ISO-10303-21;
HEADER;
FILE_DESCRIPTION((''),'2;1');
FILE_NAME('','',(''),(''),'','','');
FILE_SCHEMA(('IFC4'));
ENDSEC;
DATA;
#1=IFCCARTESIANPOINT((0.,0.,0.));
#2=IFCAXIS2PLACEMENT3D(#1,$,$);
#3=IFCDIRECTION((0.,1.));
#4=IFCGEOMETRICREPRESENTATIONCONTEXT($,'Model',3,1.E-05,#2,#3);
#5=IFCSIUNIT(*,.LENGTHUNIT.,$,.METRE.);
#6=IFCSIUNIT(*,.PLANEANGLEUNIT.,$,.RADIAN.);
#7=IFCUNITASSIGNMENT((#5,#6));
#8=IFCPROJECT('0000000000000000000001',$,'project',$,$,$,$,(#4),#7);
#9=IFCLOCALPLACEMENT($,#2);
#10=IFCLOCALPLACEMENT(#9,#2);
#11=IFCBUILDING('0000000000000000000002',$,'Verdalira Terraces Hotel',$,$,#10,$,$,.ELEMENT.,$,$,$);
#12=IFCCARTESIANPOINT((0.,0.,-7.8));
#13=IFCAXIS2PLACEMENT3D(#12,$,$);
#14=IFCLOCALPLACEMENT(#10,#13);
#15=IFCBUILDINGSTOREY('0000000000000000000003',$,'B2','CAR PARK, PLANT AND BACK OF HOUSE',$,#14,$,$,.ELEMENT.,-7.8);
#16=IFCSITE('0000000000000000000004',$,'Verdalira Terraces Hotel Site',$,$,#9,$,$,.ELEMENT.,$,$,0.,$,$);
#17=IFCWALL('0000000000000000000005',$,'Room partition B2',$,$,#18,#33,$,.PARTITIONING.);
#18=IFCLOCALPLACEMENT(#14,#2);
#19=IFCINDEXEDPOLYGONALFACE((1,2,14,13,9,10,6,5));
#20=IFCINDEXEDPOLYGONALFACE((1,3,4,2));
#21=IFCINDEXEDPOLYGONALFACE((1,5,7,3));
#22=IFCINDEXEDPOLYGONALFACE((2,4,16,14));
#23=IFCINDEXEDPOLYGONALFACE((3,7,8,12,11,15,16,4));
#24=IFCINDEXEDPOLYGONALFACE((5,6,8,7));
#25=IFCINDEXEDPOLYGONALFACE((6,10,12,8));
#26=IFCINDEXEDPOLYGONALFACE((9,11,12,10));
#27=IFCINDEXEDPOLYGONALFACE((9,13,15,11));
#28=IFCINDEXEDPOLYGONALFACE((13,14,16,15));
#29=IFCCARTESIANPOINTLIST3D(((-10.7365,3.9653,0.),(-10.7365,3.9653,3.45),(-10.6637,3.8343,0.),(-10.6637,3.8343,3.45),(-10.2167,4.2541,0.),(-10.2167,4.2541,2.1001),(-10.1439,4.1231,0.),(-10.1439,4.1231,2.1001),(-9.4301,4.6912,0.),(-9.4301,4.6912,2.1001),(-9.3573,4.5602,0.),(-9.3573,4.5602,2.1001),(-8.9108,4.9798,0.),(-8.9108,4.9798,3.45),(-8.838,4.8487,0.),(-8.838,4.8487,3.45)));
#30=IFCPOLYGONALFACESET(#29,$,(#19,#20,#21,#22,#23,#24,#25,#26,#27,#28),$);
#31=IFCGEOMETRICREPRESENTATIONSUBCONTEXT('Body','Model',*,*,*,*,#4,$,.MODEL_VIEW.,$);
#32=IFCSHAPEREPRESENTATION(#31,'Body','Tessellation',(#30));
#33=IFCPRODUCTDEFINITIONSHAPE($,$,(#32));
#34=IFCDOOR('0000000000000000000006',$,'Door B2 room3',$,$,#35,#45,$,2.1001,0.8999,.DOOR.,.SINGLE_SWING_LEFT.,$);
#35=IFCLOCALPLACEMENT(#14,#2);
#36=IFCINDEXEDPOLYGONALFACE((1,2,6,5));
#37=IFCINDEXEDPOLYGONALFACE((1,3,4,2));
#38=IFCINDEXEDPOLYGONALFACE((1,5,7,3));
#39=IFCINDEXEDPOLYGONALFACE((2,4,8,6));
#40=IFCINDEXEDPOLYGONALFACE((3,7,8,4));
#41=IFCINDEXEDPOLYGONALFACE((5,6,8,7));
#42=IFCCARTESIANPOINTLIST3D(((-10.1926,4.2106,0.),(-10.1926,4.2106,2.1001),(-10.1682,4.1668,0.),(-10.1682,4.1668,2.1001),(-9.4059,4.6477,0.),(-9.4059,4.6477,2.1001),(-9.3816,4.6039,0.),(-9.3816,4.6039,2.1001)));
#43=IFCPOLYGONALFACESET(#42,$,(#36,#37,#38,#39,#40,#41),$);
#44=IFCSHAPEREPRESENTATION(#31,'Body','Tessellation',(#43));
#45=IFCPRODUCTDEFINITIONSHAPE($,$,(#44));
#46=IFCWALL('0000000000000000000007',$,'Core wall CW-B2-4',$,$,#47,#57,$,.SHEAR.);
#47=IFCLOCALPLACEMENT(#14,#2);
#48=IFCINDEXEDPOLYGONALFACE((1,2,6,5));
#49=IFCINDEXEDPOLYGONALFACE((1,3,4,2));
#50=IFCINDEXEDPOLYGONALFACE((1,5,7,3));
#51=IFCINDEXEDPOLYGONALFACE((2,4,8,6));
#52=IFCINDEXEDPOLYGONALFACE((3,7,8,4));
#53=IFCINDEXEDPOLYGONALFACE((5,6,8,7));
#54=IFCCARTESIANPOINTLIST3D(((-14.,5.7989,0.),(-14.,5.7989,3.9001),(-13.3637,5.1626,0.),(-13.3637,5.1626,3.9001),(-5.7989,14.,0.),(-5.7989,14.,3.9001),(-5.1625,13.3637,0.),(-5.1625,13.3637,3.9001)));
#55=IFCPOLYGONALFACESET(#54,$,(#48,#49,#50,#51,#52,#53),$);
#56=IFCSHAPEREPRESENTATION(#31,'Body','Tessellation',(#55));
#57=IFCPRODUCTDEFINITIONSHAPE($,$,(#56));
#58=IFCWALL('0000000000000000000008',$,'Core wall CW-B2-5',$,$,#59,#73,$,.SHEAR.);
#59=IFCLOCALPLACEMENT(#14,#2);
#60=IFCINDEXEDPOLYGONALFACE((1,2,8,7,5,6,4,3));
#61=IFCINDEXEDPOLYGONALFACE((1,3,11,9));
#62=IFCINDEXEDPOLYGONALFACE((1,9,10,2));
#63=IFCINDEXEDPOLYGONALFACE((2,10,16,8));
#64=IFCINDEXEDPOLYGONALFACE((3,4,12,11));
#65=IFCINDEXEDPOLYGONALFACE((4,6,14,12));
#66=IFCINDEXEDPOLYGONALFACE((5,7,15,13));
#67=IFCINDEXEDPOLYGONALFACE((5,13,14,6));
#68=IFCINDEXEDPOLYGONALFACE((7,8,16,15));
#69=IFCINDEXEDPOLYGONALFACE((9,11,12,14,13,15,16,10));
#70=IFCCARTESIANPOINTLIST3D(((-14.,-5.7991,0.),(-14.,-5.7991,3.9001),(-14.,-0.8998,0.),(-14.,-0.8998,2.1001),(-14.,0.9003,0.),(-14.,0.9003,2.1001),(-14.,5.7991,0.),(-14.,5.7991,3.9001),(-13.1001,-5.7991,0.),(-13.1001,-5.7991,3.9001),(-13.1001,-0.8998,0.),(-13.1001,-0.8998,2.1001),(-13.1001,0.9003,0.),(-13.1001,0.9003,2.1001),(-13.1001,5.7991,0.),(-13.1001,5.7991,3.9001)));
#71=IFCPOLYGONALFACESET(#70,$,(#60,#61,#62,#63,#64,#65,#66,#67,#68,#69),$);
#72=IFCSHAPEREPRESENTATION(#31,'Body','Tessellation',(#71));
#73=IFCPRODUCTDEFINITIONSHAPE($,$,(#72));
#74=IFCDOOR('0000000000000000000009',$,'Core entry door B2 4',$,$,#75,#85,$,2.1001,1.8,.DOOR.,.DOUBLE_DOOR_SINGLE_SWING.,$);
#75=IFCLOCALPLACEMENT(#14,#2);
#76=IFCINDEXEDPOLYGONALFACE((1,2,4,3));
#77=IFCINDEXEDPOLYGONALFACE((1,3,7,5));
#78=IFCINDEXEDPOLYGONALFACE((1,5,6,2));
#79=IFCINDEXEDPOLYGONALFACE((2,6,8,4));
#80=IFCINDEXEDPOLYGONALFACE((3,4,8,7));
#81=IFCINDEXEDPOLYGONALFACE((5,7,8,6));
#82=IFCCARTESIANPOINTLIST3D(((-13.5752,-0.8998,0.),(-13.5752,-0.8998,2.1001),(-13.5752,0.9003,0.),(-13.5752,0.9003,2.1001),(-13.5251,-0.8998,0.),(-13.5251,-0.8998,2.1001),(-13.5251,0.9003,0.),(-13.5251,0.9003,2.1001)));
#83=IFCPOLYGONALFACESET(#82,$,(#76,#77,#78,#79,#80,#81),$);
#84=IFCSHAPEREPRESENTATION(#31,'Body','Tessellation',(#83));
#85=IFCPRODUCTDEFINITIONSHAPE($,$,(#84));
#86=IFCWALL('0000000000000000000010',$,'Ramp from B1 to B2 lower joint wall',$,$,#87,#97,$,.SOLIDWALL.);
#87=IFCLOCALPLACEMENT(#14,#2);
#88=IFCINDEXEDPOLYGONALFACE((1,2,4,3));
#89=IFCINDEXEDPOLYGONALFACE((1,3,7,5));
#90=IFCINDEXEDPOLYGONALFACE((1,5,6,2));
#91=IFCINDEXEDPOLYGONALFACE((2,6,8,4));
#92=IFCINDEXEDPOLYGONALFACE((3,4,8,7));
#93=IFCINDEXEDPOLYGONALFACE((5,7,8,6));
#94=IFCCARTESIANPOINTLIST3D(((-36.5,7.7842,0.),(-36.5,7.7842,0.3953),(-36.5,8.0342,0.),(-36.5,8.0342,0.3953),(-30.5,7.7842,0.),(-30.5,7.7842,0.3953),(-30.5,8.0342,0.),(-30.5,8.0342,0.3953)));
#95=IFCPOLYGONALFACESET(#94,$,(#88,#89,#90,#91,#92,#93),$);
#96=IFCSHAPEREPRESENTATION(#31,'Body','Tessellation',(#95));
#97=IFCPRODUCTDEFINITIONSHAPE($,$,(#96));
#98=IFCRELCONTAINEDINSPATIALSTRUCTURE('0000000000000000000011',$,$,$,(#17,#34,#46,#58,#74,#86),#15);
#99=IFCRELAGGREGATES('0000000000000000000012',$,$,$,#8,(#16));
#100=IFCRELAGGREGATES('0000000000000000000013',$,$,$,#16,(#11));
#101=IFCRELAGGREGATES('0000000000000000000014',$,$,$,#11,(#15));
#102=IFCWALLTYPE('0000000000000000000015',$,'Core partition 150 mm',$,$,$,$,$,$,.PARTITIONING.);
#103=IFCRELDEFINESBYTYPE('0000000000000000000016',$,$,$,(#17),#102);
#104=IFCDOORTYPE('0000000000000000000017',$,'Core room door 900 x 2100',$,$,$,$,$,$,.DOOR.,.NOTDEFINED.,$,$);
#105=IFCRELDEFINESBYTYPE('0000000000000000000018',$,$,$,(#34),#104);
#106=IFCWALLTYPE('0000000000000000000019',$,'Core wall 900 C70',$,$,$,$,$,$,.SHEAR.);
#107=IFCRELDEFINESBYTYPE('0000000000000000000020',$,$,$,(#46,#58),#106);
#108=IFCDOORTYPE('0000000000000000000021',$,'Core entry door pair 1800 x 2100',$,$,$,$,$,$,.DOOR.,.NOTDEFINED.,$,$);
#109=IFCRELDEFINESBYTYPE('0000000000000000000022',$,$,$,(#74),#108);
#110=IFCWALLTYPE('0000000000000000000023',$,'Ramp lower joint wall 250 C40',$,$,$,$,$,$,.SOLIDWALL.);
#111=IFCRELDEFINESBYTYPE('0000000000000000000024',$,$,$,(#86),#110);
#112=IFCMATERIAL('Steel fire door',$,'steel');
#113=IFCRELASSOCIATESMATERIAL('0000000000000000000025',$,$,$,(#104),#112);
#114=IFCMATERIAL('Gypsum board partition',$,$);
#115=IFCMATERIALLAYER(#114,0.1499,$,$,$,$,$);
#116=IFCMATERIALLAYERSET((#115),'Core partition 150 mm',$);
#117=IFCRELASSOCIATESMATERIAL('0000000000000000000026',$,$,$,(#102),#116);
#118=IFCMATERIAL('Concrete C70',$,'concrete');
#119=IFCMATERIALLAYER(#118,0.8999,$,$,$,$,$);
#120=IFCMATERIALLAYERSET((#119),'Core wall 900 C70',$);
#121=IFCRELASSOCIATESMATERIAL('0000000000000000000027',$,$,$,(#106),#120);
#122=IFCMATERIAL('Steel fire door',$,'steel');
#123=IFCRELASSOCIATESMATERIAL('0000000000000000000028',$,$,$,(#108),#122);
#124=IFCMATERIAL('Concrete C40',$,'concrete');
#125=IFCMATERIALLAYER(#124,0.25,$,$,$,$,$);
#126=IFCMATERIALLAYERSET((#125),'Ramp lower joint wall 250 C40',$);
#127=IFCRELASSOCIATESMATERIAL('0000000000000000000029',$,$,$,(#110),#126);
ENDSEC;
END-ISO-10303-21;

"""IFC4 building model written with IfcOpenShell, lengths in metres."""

from ifc_helpers import new_model, si_unit, direction, frame, frame_2d, origin, place, context, subcontext, project, spatial, rectangle, extrude, material, layer, layer_set, type_object, element, fill, save


model = new_model("IFC4")

# Units and contexts
model_context = context("Model", 3, precision=1e-05, world=origin(), true_north=direction((0.0, 1.0)))
body_context = subcontext(model_context, "Body", "Model", "MODEL_VIEW")
ifc_project = project(units=[si_unit("LENGTHUNIT", "METRE"), si_unit("PLANEANGLEUNIT", "RADIAN")], contexts=[model_context])

# Site, building, storey
site_placement = place(None, origin())
site = spatial("IfcSite", under=ifc_project, at=site_placement, Name="Verdalira Terraces Hotel Site", CompositionType="ELEMENT", RefElevation=0.0)
building_placement = place(site_placement, origin())
building = spatial("IfcBuilding", under=site, at=building_placement, Name="Verdalira Terraces Hotel", CompositionType="ELEMENT")
storey_placement = place(building_placement, frame((0.0, 0.0, -7.8)))
storey = spatial("IfcBuildingStorey", under=building, at=storey_placement, Name="B2", Description="CAR PARK, PLANT AND BACK OF HOUSE", CompositionType="ELEMENT", Elevation=-7.8)

# Shared definitions
ifc_material_1 = material(Name="Steel fire door", Category="steel")
door_type_1 = type_object("IfcDoorType", Name="Core room door 900 x 2100", OperationType="NOTDEFINED", PredefinedType="DOOR", material=ifc_material_1)

# Wall, opening, door
ifc_material_2 = material(Name="Gypsum board partition")
ifc_layer_1 = layer(ifc_material_2, 0.1499)
ifc_layer_set_1 = layer_set([ifc_layer_1], Name="Core partition 150 mm")
wall_type_1 = type_object("IfcWallType", Name="Core partition 150 mm", PredefinedType="PARTITIONING", material=ifc_layer_set_1)
wall_1_placement = place(storey_placement, frame((-8.8743, 4.9143, 0.0), z_axis=(0.0, 0.0, 1.0), x_axis=(-0.87413, -0.485693, 0.0)))
wall_1 = element("IfcWall", 1, at=wall_1_placement, inside=storey, type_object=wall_type_1, Name="Room partition B2", PredefinedType="PARTITIONING", context=body_context, shape_type="SweptSolid", body=[
    extrude(rectangle(XDim=2.0886, YDim=0.1499, at=frame_2d((1.0444, 0.0))), origin(), (0.0, 0.0, 1.0), 3.45),
])
opening_1_placement = place(wall_1_placement, frame((0.5942, 0.0, 0.0)))
opening_1 = element("IfcOpeningElement", 2, at=opening_1_placement, cuts=wall_1, PredefinedType="OPENING", context=body_context, shape_type="SweptSolid", body=[
    extrude(rectangle(XDim=0.8999, YDim=2.1001, at=frame_2d((0.45, 1.05))), frame((0.0, 0.085, 0.0), z_axis=(0.0, -1.0, 0.0), x_axis=(1.0, 0.0, 0.0)), (0.0, 0.0, 1.0), 0.1699),
])
door_1_placement = place(opening_1_placement, origin())
door_1 = element("IfcDoor", 3, at=door_1_placement, inside=storey, type_object=door_type_1, Name="Door B2 room3", OperationType="SINGLE_SWING_LEFT", OverallHeight=2.1001, OverallWidth=0.8999, PredefinedType="DOOR", context=body_context, shape_type="SweptSolid", body=[
    extrude(rectangle(XDim=0.8999, YDim=2.1001, at=frame_2d((0.45, 1.05))), frame((0.0, 0.0249, 0.0), z_axis=(0.0, -1.0, 0.0), x_axis=(1.0, 0.0, 0.0)), (0.0, 0.0, 1.0), 0.05),
])
fill(opening_1, door_1)

# Wall
ifc_material_3 = material(Name="Concrete C70", Category="concrete")
ifc_layer_2 = layer(ifc_material_3, 0.8999)
ifc_layer_set_2 = layer_set([ifc_layer_2], Name="Core wall 900 C70")
wall_type_2 = type_object("IfcWallType", Name="Core wall 900 C70", PredefinedType="SHEAR", material=ifc_layer_set_2)
wall_2_placement = place(storey_placement, frame((-5.4807, 13.6819, 0.0), z_axis=(0.0, 0.0, 1.0), x_axis=(-0.707107, -0.707107, 0.0)))
element("IfcWall", 4, at=wall_2_placement, inside=storey, type_object=wall_type_2, Name="Core wall CW-B2-4", PredefinedType="SHEAR", context=body_context, shape_type="SweptSolid", body=[
    extrude(rectangle(XDim=11.5981, YDim=0.8999, at=frame_2d((5.7991, 0.0))), origin(), (0.0, 0.0, 1.0), 3.9001),
])

# Wall, opening, door
wall_3_placement = place(storey_placement, frame((-13.55, 5.7991, 0.0), z_axis=(0.0, 0.0, 1.0), x_axis=(0.0, -1.0, 0.0)))
wall_3 = element("IfcWall", 5, at=wall_3_placement, inside=storey, type_object=wall_type_2, Name="Core wall CW-B2-5", PredefinedType="SHEAR", context=body_context, shape_type="SweptSolid", body=[
    extrude(rectangle(XDim=11.5981, YDim=0.8999, at=frame_2d((5.7991, 0.0))), origin(), (0.0, 0.0, 1.0), 3.9001),
])
opening_2_placement = place(wall_3_placement, frame((4.8989, 0.0, 0.0)))
opening_2 = element("IfcOpeningElement", 6, at=opening_2_placement, cuts=wall_3, PredefinedType="OPENING", context=body_context, shape_type="SweptSolid", body=[
    extrude(rectangle(XDim=1.8, YDim=2.1001, at=frame_2d((0.8999, 1.05))), frame((0.0, 0.46, 0.0), z_axis=(0.0, -1.0, 0.0), x_axis=(1.0, 0.0, 0.0)), (0.0, 0.0, 1.0), 0.9199),
])
ifc_material_4 = material(Name="Steel fire door", Category="steel")
door_type_2 = type_object("IfcDoorType", Name="Core entry door pair 1800 x 2100", OperationType="NOTDEFINED", PredefinedType="DOOR", material=ifc_material_4)
door_2_placement = place(opening_2_placement, origin())
door_2 = element("IfcDoor", 7, at=door_2_placement, inside=storey, type_object=door_type_2, Name="Core entry door B2 4", OperationType="DOUBLE_DOOR_SINGLE_SWING", OverallHeight=2.1001, OverallWidth=1.8, PredefinedType="DOOR", context=body_context, shape_type="SweptSolid", body=[
    extrude(rectangle(XDim=1.8, YDim=2.1001, at=frame_2d((0.8999, 1.05))), frame((0.0, 0.0249, 0.0), z_axis=(0.0, -1.0, 0.0), x_axis=(1.0, 0.0, 0.0)), (0.0, 0.0, 1.0), 0.05),
])
fill(opening_2, door_2)

# Wall
ifc_material_5 = material(Name="Concrete C40", Category="concrete")
ifc_layer_3 = layer(ifc_material_5, 0.25)
ifc_layer_set_3 = layer_set([ifc_layer_3], Name="Ramp lower joint wall 250 C40")
wall_type_3 = type_object("IfcWallType", Name="Ramp lower joint wall 250 C40", PredefinedType="SOLIDWALL", material=ifc_layer_set_3)
wall_4_placement = place(storey_placement, frame((-30.5, 7.9092, 0.0), z_axis=(0.0, 0.0, 1.0), x_axis=(-1.0, 0.0, 0.0)))
element("IfcWall", 8, at=wall_4_placement, inside=storey, type_object=wall_type_3, Name="Ramp from B1 to B2 lower joint wall", PredefinedType="SOLIDWALL", context=body_context, shape_type="SweptSolid", body=[
    extrude(rectangle(XDim=6.0, YDim=0.25, at=frame_2d((3.0, 0.0))), origin(), (0.0, 0.0, 1.0), 0.3953),
])

save(model, "model.ifc")
